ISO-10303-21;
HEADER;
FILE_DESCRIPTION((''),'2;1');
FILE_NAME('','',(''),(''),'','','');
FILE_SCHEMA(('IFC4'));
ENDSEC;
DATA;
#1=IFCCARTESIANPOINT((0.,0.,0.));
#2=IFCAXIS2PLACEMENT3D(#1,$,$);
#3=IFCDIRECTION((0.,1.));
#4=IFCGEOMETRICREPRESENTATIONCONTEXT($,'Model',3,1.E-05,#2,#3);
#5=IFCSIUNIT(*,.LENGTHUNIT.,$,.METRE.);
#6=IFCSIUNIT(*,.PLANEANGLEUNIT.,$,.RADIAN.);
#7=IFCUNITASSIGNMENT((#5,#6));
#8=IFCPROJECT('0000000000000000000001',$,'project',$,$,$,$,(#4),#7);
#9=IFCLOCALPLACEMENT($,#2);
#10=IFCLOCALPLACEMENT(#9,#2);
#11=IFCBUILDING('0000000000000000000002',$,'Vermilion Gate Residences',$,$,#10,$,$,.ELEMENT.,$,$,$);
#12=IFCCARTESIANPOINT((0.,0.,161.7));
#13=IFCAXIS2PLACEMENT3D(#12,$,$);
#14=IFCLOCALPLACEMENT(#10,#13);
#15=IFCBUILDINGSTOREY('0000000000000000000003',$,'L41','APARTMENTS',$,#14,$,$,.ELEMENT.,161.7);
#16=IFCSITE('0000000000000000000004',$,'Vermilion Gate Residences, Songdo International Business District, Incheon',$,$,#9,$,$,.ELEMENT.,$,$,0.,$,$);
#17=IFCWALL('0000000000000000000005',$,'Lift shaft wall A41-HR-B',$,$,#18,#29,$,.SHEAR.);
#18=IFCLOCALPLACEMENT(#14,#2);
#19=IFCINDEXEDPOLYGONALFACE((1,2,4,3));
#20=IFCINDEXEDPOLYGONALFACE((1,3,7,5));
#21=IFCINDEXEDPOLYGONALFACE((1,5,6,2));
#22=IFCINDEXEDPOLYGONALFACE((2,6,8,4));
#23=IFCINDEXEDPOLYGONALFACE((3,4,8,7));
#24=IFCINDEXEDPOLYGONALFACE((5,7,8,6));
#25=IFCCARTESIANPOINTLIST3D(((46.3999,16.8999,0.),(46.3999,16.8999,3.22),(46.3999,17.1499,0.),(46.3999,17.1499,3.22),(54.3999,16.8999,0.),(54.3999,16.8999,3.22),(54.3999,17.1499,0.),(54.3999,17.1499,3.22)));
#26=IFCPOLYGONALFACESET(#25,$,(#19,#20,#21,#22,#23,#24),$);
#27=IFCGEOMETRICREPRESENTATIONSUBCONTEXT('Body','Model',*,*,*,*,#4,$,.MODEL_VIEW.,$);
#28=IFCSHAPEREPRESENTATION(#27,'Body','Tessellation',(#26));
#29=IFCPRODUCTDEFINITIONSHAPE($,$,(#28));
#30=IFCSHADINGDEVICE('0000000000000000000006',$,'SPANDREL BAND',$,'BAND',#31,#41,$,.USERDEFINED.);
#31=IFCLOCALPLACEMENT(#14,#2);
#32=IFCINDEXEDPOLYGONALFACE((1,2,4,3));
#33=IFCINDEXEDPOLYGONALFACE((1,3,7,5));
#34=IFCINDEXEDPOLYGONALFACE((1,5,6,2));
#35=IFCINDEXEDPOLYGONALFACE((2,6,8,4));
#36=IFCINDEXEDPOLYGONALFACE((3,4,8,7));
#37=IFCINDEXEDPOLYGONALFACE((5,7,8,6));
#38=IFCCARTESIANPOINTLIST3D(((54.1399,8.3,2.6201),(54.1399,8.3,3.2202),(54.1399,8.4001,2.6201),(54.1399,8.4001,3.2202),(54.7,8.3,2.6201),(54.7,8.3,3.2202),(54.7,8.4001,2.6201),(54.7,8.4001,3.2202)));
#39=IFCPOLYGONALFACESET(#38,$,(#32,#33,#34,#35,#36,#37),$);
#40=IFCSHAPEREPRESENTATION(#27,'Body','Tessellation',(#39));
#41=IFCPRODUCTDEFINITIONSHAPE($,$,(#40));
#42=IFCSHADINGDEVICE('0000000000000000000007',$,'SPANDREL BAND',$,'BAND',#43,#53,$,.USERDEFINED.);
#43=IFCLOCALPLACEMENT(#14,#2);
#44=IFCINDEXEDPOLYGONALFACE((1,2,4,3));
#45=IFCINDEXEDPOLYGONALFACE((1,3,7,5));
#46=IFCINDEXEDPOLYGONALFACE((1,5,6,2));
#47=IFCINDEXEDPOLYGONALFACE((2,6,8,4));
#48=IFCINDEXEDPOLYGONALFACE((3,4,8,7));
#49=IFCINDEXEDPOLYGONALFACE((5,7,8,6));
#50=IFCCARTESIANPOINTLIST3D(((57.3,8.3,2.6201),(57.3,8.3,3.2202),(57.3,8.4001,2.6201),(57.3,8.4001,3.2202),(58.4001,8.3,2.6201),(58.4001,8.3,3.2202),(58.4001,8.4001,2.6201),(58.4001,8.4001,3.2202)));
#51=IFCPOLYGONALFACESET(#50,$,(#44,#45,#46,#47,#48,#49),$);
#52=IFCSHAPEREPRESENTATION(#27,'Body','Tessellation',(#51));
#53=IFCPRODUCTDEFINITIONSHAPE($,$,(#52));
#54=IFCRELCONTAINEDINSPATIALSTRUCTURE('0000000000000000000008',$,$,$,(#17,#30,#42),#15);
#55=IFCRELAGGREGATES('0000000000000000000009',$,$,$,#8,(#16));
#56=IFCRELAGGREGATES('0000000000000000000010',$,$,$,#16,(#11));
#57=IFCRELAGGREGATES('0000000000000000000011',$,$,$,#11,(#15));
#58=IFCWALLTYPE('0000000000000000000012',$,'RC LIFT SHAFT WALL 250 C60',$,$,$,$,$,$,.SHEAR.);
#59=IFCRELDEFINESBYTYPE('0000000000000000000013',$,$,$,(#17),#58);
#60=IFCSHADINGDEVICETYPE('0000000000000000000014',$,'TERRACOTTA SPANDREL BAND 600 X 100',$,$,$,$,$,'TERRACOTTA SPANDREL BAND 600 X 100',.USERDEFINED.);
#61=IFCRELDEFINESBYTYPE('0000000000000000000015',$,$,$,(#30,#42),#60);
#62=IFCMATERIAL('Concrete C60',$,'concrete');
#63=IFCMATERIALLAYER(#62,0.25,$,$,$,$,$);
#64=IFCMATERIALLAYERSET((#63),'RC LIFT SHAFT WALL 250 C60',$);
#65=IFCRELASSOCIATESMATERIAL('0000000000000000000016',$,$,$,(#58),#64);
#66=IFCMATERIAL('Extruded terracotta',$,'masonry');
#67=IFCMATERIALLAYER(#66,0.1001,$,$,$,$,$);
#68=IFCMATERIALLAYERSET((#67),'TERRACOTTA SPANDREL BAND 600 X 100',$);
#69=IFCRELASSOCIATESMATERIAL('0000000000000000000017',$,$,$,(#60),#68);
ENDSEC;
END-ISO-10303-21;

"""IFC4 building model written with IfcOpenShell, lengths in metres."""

from ifc_helpers import new_model, si_unit, direction, frame, frame_2d, origin, origin_2d, place, context, subcontext, project, spatial, rectangle, extrude, material, layer, layer_set, type_object, element, save


model = new_model("IFC4")

# Units and contexts
model_context = context("Model", 3, precision=1e-05, world=origin(), true_north=direction((0.0, 1.0)))
body_context = subcontext(model_context, "Body", "Model", "MODEL_VIEW")
ifc_project = project(units=[si_unit("LENGTHUNIT", "METRE"), si_unit("PLANEANGLEUNIT", "RADIAN")], contexts=[model_context])

# Site, building, storey
site_placement = place(None, origin())
site = spatial("IfcSite", under=ifc_project, at=site_placement, Name="Vermilion Gate Residences, Songdo International Business District, Incheon", CompositionType="ELEMENT", RefElevation=0.0)
building_placement = place(site_placement, origin())
building = spatial("IfcBuilding", under=site, at=building_placement, Name="Vermilion Gate Residences", CompositionType="ELEMENT")
storey_placement = place(building_placement, frame((0.0, 0.0, 161.7)))
storey = spatial("IfcBuildingStorey", under=building, at=storey_placement, Name="L41", Description="APARTMENTS", CompositionType="ELEMENT", Elevation=161.7)

# Wall
ifc_material_1 = material(Name="Concrete C60", Category="concrete")
ifc_layer_1 = layer(ifc_material_1, 0.25)
ifc_layer_set_1 = layer_set([ifc_layer_1], Name="RC LIFT SHAFT WALL 250 C60")
wall_type_1 = type_object("IfcWallType", Name="RC LIFT SHAFT WALL 250 C60", PredefinedType="SHEAR", material=ifc_layer_set_1)
wall_1_placement = place(storey_placement, frame((46.3999, 17.0249, 0.0), z_axis=(0.0, 0.0, 1.0), x_axis=(1.0, 0.0, 0.0)))
element("IfcWall", 1, at=wall_1_placement, inside=storey, type_object=wall_type_1, Name="Lift shaft wall A41-HR-B", PredefinedType="SHEAR", context=body_context, shape_type="SweptSolid", body=[
    extrude(rectangle(XDim=8.0, YDim=0.25, at=frame_2d((4.0, 0.0))), origin(), (0.0, 0.0, 1.0), 3.22),
])

# Shading devices
ifc_material_2 = material(Name="Extruded terracotta", Category="masonry")
ifc_layer_2 = layer(ifc_material_2, 0.1001)
ifc_layer_set_2 = layer_set([ifc_layer_2], Name="TERRACOTTA SPANDREL BAND 600 X 100")
shading_device_type = type_object("IfcShadingDeviceType", Name="TERRACOTTA SPANDREL BAND 600 X 100", ElementType="TERRACOTTA SPANDREL BAND 600 X 100", PredefinedType="USERDEFINED", material=ifc_layer_set_2)
shading_device_1_placement = place(storey_placement, frame((54.4199, 8.3501, 2.6201), z_axis=(0.0, 0.0, 1.0), x_axis=(1.0, 0.0, 0.0)))
element("IfcShadingDevice", 2, at=shading_device_1_placement, inside=storey, type_object=shading_device_type, Name="SPANDREL BAND", ObjectType="BAND", PredefinedType="USERDEFINED", context=body_context, shape_type="SweptSolid", body=[
    extrude(rectangle(XDim=0.5601, YDim=0.1001, at=origin_2d()), origin(), (0.0, 0.0, 1.0), 0.6001),
])
shading_device_2_placement = place(storey_placement, frame((57.8501, 8.3501, 2.6201), z_axis=(0.0, 0.0, 1.0), x_axis=(1.0, 0.0, 0.0)))
element("IfcShadingDevice", 3, at=shading_device_2_placement, inside=storey, type_object=shading_device_type, Name="SPANDREL BAND", ObjectType="BAND", PredefinedType="USERDEFINED", context=body_context, shape_type="SweptSolid", body=[
    extrude(rectangle(XDim=1.1001, YDim=0.1001, at=origin_2d()), origin(), (0.0, 0.0, 1.0), 0.6001),
])

save(model, "model.ifc")
